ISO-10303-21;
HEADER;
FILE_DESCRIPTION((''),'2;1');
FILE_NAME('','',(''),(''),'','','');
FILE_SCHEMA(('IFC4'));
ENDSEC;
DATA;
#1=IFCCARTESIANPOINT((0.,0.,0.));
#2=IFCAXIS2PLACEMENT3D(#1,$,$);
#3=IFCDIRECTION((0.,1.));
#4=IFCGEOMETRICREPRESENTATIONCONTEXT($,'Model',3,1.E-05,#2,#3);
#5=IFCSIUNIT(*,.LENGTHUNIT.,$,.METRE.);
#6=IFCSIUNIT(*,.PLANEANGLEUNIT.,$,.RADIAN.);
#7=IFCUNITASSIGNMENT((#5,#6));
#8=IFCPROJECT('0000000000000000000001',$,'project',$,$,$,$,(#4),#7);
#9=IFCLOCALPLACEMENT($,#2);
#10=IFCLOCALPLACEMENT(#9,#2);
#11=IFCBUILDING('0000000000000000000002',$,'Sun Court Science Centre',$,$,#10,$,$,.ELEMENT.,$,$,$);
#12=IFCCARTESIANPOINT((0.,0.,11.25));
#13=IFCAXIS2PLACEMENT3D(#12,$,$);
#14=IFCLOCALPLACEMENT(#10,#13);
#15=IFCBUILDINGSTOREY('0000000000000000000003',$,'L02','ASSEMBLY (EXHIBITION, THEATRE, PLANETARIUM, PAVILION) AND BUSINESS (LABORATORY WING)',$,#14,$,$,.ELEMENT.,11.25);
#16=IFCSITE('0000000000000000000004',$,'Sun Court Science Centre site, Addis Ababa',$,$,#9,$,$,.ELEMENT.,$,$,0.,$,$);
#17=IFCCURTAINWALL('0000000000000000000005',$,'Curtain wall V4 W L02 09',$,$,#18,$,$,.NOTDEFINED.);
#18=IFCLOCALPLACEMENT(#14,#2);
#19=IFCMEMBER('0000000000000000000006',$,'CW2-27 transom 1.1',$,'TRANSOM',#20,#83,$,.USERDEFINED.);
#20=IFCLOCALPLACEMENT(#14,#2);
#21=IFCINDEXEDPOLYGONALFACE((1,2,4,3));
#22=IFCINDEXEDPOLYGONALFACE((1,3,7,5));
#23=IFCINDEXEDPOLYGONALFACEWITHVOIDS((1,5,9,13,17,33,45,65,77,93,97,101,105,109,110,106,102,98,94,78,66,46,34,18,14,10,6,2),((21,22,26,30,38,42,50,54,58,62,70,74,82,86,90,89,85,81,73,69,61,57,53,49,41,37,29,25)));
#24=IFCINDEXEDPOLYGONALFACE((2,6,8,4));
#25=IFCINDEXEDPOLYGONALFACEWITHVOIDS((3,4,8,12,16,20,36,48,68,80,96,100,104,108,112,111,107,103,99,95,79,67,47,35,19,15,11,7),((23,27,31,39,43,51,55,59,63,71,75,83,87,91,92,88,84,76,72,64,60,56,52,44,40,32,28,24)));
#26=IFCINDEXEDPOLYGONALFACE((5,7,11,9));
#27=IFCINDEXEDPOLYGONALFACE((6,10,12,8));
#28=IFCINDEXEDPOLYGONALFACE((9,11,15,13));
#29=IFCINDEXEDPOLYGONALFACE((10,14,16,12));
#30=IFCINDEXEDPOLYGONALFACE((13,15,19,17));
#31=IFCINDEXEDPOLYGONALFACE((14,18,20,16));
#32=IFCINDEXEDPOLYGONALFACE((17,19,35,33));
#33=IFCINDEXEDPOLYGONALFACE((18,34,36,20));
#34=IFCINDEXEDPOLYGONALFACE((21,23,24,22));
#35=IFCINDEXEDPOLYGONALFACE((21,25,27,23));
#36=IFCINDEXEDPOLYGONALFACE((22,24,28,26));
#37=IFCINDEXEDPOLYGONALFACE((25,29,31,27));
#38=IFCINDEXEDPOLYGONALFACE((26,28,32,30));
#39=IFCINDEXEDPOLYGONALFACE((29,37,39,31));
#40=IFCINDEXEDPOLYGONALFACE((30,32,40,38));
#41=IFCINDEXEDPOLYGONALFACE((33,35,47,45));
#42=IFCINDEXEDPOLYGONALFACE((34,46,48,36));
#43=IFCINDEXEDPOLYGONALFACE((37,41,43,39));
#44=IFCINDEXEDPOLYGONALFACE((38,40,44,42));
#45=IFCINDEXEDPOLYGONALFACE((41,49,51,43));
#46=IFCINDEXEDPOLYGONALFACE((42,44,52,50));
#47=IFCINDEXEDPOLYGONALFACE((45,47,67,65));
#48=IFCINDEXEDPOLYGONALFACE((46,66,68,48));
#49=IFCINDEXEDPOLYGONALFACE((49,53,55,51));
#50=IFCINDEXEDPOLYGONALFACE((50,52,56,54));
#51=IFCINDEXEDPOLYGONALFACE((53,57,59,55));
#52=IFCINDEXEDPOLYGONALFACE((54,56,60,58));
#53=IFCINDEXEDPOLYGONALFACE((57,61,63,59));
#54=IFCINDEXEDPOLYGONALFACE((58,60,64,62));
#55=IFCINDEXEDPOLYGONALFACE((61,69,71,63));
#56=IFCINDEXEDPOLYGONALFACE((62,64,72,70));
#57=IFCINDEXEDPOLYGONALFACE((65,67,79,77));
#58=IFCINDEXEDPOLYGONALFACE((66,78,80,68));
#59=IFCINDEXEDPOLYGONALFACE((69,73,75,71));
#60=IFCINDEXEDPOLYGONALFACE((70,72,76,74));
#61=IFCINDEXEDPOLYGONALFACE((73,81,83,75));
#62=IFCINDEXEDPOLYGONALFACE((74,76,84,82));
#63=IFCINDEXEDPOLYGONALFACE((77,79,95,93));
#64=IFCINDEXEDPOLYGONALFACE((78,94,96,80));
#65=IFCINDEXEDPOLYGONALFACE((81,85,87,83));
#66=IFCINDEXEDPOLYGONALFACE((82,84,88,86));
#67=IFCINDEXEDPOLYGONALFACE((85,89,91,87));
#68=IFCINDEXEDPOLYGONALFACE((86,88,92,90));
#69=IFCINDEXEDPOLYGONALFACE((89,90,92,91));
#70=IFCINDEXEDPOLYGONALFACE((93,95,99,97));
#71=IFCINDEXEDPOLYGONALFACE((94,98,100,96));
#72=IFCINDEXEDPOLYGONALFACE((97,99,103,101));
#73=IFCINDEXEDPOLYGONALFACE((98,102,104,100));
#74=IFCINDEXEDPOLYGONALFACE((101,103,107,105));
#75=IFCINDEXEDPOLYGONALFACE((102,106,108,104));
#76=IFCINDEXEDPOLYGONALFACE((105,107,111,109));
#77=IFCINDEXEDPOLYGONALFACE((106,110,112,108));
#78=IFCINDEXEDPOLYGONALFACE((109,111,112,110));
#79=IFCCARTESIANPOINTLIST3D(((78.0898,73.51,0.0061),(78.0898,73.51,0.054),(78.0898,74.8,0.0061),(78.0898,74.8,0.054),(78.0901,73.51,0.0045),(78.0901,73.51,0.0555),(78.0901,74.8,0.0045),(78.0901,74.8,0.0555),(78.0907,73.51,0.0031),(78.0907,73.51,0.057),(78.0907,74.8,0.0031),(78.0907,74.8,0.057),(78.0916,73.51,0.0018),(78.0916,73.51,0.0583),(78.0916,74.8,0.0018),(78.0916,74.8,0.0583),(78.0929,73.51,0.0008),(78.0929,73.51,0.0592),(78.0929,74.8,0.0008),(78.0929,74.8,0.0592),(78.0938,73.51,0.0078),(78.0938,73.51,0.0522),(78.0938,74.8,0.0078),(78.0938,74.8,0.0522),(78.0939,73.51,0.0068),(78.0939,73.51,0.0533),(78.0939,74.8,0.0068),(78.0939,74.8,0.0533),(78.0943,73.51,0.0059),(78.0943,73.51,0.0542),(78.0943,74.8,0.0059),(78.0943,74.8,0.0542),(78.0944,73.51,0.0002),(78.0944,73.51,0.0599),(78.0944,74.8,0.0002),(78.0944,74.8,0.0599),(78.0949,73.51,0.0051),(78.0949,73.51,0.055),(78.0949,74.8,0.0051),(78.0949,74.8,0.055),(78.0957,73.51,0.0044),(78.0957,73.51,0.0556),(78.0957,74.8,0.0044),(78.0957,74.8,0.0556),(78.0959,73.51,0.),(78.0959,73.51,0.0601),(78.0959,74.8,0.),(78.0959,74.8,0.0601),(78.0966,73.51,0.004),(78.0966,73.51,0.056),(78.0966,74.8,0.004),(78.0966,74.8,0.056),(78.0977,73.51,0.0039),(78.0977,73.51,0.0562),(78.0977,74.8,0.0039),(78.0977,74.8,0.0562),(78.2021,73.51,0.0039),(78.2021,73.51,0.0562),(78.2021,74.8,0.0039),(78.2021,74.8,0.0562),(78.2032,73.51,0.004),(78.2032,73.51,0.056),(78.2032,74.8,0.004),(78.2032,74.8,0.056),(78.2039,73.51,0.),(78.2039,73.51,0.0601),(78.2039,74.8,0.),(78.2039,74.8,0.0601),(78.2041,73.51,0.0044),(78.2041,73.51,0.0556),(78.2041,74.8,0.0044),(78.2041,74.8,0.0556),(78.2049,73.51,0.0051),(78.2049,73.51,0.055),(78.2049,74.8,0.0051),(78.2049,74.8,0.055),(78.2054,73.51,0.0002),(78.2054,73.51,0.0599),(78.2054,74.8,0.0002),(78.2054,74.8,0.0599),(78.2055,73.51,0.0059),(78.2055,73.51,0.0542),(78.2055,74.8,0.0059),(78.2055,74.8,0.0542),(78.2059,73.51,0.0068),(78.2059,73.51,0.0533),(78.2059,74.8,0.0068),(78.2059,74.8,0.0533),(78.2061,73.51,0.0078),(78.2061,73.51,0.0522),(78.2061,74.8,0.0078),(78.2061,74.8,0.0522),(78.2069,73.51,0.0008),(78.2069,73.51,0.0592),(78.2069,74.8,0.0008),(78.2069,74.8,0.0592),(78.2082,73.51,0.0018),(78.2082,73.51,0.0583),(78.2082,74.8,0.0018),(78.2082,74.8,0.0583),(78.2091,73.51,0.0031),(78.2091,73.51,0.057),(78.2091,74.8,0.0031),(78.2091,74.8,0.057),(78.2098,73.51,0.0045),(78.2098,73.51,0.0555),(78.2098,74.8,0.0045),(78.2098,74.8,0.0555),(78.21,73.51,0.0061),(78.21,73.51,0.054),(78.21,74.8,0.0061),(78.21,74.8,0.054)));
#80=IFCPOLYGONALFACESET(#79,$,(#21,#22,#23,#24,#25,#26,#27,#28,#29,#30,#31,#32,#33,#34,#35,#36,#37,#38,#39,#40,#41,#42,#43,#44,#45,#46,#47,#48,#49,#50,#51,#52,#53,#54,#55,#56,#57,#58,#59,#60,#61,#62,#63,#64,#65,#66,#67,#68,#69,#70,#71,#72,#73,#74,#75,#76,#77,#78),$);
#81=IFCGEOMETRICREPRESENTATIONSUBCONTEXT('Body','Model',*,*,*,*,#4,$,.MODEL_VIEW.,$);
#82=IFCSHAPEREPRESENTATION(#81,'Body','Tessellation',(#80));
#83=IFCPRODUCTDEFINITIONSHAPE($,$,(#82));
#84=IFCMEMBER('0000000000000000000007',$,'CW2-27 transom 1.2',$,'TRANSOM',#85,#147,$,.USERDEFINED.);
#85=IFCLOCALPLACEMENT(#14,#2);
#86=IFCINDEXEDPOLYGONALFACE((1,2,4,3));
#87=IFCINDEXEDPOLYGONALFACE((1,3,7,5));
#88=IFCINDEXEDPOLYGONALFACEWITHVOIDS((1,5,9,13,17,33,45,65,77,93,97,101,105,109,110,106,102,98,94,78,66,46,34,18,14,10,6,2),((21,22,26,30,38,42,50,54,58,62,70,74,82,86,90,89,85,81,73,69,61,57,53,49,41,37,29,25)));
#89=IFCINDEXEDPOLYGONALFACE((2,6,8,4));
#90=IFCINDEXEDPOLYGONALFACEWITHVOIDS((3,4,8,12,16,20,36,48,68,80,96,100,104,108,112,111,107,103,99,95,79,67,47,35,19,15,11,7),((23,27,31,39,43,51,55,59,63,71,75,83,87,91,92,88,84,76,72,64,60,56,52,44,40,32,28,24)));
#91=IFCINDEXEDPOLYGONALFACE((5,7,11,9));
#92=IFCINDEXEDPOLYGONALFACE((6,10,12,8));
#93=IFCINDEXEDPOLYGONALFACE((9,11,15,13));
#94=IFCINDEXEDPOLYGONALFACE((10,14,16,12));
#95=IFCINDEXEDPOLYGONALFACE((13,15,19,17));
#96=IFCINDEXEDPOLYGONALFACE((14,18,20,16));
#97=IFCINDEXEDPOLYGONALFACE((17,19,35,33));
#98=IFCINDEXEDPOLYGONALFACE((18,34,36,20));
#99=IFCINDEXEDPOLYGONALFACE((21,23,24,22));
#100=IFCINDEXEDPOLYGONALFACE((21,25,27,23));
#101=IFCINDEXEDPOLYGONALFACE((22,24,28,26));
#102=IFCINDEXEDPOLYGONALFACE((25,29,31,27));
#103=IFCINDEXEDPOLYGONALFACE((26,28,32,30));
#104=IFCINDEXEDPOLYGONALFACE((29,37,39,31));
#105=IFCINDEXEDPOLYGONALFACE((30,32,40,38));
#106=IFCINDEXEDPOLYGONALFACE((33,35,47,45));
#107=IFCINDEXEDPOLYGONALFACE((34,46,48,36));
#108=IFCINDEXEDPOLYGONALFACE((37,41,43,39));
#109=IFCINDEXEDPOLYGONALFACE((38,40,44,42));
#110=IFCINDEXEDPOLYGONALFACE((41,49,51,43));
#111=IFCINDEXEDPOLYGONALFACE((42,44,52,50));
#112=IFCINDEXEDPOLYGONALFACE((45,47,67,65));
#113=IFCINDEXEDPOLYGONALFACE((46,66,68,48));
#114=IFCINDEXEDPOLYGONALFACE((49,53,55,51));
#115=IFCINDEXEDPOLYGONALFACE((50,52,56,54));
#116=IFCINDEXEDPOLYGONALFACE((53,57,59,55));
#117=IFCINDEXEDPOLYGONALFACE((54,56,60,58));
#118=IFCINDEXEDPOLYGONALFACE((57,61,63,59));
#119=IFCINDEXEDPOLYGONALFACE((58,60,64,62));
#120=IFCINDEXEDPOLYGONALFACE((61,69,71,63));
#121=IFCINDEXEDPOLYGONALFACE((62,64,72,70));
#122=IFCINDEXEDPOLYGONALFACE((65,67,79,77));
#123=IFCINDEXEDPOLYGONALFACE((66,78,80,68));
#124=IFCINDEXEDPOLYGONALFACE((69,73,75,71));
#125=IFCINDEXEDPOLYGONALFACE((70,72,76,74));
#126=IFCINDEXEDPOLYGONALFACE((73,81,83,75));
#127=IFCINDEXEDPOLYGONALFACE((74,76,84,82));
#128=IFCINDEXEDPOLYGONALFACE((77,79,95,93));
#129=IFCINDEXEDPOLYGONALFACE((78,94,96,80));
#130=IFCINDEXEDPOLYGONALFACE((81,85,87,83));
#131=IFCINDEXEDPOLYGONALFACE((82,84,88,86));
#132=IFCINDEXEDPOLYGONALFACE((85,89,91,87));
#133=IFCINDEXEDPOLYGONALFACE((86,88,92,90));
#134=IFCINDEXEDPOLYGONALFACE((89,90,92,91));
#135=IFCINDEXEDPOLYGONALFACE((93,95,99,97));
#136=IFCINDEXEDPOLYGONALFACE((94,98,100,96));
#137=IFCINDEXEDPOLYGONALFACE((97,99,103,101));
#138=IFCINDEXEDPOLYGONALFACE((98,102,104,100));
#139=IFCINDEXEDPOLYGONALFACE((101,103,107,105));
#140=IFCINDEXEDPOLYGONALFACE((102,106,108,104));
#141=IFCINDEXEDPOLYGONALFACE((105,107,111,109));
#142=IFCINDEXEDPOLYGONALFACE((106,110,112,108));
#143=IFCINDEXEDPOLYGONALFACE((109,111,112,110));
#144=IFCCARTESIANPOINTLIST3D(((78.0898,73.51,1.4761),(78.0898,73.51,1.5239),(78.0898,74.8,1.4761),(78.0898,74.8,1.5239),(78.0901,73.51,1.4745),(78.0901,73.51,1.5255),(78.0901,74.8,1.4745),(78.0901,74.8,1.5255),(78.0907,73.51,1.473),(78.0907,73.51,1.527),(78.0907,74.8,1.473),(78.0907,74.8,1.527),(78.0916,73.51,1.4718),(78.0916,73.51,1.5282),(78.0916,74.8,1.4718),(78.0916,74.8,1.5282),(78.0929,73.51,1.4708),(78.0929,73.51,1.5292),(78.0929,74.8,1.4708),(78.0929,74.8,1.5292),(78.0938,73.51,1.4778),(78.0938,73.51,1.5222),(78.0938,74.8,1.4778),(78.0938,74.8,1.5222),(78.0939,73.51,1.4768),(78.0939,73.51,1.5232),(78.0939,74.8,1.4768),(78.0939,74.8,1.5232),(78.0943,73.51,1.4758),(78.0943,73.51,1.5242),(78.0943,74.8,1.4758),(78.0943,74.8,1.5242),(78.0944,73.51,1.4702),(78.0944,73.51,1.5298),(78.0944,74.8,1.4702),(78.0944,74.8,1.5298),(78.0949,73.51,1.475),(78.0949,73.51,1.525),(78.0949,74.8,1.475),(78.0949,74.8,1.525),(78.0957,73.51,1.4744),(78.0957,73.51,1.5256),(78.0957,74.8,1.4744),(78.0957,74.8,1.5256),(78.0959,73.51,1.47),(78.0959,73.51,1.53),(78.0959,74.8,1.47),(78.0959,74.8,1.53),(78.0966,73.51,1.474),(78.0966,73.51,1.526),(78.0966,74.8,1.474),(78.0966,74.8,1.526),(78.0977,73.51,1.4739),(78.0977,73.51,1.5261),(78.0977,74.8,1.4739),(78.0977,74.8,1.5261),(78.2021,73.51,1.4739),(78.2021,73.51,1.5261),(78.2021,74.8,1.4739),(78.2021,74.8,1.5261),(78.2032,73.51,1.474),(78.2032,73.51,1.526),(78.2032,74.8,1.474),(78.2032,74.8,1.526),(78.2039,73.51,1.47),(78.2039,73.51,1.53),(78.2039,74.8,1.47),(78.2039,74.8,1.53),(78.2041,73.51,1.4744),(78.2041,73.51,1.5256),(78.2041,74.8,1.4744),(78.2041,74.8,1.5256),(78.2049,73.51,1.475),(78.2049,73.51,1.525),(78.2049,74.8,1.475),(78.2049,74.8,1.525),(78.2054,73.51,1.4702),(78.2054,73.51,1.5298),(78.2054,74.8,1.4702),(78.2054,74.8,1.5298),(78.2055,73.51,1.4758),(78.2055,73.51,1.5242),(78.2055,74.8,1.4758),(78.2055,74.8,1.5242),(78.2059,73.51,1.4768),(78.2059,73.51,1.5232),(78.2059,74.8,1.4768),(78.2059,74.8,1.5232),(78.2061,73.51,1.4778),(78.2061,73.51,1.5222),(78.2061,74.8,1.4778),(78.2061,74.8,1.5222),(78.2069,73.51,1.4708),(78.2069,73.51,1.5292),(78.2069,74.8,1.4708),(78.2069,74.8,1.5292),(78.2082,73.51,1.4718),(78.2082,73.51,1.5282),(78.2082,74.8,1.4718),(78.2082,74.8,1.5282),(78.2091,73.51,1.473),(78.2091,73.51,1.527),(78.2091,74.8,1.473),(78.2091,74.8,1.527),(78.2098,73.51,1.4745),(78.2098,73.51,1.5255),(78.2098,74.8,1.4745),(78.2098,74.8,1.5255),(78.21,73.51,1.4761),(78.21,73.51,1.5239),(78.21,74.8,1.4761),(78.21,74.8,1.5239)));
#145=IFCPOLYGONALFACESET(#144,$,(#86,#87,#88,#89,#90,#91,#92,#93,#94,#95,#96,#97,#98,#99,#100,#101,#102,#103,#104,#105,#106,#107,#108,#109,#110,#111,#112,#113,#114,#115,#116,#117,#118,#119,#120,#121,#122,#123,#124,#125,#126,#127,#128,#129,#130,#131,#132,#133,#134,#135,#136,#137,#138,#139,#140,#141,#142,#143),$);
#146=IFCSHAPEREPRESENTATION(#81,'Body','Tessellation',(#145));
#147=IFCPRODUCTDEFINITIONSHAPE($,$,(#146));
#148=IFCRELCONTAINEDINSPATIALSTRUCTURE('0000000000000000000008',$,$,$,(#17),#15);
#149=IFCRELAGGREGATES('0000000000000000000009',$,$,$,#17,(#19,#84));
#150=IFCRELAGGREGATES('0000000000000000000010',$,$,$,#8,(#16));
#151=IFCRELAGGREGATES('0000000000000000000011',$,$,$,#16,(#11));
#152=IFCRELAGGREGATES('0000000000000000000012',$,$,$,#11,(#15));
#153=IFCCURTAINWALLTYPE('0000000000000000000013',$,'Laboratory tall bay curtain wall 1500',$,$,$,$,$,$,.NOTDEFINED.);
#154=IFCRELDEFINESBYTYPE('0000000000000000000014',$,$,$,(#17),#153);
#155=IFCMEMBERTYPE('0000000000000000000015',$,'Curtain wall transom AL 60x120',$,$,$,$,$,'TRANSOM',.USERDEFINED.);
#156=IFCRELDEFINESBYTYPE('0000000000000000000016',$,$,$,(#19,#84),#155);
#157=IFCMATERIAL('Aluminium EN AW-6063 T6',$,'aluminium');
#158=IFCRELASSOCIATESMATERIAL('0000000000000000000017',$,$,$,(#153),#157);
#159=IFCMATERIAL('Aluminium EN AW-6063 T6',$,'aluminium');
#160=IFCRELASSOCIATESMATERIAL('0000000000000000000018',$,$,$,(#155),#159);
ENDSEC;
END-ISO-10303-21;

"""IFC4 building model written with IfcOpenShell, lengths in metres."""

from ifc_helpers import new_model, si_unit, direction, frame, origin, origin_2d, place, context, subcontext, project, spatial, hollow_rectangle, extrude, material, material_profile, profile_set, type_object, element, aggregate, save


model = new_model("IFC4")

# Units and contexts
model_context = context("Model", 3, precision=1e-05, world=origin(), true_north=direction((0.0, 1.0)))
body_context = subcontext(model_context, "Body", "Model", "MODEL_VIEW")
ifc_project = project(units=[si_unit("LENGTHUNIT", "METRE"), si_unit("PLANEANGLEUNIT", "RADIAN")], contexts=[model_context])

# Site, building, storey
site_placement = place(None, origin())
site = spatial("IfcSite", under=ifc_project, at=site_placement, Name="Sun Court Science Centre site, Addis Ababa", CompositionType="ELEMENT", RefElevation=0.0)
building_placement = place(site_placement, origin())
building = spatial("IfcBuilding", under=site, at=building_placement, Name="Sun Court Science Centre", CompositionType="ELEMENT")
storey_placement = place(building_placement, frame((0.0, 0.0, 11.25)))
storey = spatial("IfcBuildingStorey", under=building, at=storey_placement, Name="L02", Description="ASSEMBLY (EXHIBITION, THEATRE, PLANETARIUM, PAVILION) AND BUSINESS (LABORATORY WING)", CompositionType="ELEMENT", Elevation=11.25)

# Shared definitions
ifc_material_1 = material(Name="Aluminium EN AW-6063 T6", Category="aluminium")
curtain_wall_type = type_object("IfcCurtainWallType", Name="Laboratory tall bay curtain wall 1500", PredefinedType="NOTDEFINED", material=ifc_material_1)

# Curtain wall
curtain_wall_1_placement = place(storey_placement, origin())
curtain_wall_1 = element("IfcCurtainWall", 1, at=curtain_wall_1_placement, inside=storey, type_object=curtain_wall_type, Name="Curtain wall V4 W L02 09", PredefinedType="NOTDEFINED")

# Members
ifc_material_2 = material(Name="Aluminium EN AW-6063 T6", Category="aluminium")
ifc_material_profile_1 = material_profile(ifc_material_2, hollow_rectangle(XDim=0.0601, YDim=0.1201, WallThickness=0.0039, InnerFilletRadius=0.0039, OuterFilletRadius=0.0061, at=origin_2d()), Name="AL 60x120x4")
ifc_profile_set_1 = profile_set([ifc_material_profile_1], Name="Aluminium EN AW-6063 T6")
member_type_1 = type_object("IfcMemberType", Name="Curtain wall transom AL 60x120", ElementType="TRANSOM", PredefinedType="USERDEFINED", material=ifc_profile_set_1)
member_1_placement = place(storey_placement, frame((78.1499, 73.51, 0.03), z_axis=(0.0, 1.0, 0.0), x_axis=(0.0, 0.0, 1.0)))
member_1 = element("IfcMember", 2, at=member_1_placement, type_object=member_type_1, Name="CW2-27 transom 1.1", ObjectType="TRANSOM", PredefinedType="USERDEFINED", context=body_context, shape_type="SweptSolid", body=[
    extrude(hollow_rectangle(XDim=0.0601, YDim=0.1201, WallThickness=0.0039, InnerFilletRadius=0.0039, OuterFilletRadius=0.0061, at=origin_2d()), origin(), (0.0, 0.0, 1.0), 1.29),
])
member_2_placement = place(storey_placement, frame((78.1499, 73.51, 1.5), z_axis=(0.0, 1.0, 0.0), x_axis=(0.0, 0.0, 1.0)))
member_2 = element("IfcMember", 3, at=member_2_placement, type_object=member_type_1, Name="CW2-27 transom 1.2", ObjectType="TRANSOM", PredefinedType="USERDEFINED", context=body_context, shape_type="SweptSolid", body=[
    extrude(hollow_rectangle(XDim=0.0601, YDim=0.1201, WallThickness=0.0039, InnerFilletRadius=0.0039, OuterFilletRadius=0.0061, at=origin_2d()), origin(), (0.0, 0.0, 1.0), 1.29),
])
aggregate(curtain_wall_1, [member_1, member_2])

save(model, "model.ifc")
